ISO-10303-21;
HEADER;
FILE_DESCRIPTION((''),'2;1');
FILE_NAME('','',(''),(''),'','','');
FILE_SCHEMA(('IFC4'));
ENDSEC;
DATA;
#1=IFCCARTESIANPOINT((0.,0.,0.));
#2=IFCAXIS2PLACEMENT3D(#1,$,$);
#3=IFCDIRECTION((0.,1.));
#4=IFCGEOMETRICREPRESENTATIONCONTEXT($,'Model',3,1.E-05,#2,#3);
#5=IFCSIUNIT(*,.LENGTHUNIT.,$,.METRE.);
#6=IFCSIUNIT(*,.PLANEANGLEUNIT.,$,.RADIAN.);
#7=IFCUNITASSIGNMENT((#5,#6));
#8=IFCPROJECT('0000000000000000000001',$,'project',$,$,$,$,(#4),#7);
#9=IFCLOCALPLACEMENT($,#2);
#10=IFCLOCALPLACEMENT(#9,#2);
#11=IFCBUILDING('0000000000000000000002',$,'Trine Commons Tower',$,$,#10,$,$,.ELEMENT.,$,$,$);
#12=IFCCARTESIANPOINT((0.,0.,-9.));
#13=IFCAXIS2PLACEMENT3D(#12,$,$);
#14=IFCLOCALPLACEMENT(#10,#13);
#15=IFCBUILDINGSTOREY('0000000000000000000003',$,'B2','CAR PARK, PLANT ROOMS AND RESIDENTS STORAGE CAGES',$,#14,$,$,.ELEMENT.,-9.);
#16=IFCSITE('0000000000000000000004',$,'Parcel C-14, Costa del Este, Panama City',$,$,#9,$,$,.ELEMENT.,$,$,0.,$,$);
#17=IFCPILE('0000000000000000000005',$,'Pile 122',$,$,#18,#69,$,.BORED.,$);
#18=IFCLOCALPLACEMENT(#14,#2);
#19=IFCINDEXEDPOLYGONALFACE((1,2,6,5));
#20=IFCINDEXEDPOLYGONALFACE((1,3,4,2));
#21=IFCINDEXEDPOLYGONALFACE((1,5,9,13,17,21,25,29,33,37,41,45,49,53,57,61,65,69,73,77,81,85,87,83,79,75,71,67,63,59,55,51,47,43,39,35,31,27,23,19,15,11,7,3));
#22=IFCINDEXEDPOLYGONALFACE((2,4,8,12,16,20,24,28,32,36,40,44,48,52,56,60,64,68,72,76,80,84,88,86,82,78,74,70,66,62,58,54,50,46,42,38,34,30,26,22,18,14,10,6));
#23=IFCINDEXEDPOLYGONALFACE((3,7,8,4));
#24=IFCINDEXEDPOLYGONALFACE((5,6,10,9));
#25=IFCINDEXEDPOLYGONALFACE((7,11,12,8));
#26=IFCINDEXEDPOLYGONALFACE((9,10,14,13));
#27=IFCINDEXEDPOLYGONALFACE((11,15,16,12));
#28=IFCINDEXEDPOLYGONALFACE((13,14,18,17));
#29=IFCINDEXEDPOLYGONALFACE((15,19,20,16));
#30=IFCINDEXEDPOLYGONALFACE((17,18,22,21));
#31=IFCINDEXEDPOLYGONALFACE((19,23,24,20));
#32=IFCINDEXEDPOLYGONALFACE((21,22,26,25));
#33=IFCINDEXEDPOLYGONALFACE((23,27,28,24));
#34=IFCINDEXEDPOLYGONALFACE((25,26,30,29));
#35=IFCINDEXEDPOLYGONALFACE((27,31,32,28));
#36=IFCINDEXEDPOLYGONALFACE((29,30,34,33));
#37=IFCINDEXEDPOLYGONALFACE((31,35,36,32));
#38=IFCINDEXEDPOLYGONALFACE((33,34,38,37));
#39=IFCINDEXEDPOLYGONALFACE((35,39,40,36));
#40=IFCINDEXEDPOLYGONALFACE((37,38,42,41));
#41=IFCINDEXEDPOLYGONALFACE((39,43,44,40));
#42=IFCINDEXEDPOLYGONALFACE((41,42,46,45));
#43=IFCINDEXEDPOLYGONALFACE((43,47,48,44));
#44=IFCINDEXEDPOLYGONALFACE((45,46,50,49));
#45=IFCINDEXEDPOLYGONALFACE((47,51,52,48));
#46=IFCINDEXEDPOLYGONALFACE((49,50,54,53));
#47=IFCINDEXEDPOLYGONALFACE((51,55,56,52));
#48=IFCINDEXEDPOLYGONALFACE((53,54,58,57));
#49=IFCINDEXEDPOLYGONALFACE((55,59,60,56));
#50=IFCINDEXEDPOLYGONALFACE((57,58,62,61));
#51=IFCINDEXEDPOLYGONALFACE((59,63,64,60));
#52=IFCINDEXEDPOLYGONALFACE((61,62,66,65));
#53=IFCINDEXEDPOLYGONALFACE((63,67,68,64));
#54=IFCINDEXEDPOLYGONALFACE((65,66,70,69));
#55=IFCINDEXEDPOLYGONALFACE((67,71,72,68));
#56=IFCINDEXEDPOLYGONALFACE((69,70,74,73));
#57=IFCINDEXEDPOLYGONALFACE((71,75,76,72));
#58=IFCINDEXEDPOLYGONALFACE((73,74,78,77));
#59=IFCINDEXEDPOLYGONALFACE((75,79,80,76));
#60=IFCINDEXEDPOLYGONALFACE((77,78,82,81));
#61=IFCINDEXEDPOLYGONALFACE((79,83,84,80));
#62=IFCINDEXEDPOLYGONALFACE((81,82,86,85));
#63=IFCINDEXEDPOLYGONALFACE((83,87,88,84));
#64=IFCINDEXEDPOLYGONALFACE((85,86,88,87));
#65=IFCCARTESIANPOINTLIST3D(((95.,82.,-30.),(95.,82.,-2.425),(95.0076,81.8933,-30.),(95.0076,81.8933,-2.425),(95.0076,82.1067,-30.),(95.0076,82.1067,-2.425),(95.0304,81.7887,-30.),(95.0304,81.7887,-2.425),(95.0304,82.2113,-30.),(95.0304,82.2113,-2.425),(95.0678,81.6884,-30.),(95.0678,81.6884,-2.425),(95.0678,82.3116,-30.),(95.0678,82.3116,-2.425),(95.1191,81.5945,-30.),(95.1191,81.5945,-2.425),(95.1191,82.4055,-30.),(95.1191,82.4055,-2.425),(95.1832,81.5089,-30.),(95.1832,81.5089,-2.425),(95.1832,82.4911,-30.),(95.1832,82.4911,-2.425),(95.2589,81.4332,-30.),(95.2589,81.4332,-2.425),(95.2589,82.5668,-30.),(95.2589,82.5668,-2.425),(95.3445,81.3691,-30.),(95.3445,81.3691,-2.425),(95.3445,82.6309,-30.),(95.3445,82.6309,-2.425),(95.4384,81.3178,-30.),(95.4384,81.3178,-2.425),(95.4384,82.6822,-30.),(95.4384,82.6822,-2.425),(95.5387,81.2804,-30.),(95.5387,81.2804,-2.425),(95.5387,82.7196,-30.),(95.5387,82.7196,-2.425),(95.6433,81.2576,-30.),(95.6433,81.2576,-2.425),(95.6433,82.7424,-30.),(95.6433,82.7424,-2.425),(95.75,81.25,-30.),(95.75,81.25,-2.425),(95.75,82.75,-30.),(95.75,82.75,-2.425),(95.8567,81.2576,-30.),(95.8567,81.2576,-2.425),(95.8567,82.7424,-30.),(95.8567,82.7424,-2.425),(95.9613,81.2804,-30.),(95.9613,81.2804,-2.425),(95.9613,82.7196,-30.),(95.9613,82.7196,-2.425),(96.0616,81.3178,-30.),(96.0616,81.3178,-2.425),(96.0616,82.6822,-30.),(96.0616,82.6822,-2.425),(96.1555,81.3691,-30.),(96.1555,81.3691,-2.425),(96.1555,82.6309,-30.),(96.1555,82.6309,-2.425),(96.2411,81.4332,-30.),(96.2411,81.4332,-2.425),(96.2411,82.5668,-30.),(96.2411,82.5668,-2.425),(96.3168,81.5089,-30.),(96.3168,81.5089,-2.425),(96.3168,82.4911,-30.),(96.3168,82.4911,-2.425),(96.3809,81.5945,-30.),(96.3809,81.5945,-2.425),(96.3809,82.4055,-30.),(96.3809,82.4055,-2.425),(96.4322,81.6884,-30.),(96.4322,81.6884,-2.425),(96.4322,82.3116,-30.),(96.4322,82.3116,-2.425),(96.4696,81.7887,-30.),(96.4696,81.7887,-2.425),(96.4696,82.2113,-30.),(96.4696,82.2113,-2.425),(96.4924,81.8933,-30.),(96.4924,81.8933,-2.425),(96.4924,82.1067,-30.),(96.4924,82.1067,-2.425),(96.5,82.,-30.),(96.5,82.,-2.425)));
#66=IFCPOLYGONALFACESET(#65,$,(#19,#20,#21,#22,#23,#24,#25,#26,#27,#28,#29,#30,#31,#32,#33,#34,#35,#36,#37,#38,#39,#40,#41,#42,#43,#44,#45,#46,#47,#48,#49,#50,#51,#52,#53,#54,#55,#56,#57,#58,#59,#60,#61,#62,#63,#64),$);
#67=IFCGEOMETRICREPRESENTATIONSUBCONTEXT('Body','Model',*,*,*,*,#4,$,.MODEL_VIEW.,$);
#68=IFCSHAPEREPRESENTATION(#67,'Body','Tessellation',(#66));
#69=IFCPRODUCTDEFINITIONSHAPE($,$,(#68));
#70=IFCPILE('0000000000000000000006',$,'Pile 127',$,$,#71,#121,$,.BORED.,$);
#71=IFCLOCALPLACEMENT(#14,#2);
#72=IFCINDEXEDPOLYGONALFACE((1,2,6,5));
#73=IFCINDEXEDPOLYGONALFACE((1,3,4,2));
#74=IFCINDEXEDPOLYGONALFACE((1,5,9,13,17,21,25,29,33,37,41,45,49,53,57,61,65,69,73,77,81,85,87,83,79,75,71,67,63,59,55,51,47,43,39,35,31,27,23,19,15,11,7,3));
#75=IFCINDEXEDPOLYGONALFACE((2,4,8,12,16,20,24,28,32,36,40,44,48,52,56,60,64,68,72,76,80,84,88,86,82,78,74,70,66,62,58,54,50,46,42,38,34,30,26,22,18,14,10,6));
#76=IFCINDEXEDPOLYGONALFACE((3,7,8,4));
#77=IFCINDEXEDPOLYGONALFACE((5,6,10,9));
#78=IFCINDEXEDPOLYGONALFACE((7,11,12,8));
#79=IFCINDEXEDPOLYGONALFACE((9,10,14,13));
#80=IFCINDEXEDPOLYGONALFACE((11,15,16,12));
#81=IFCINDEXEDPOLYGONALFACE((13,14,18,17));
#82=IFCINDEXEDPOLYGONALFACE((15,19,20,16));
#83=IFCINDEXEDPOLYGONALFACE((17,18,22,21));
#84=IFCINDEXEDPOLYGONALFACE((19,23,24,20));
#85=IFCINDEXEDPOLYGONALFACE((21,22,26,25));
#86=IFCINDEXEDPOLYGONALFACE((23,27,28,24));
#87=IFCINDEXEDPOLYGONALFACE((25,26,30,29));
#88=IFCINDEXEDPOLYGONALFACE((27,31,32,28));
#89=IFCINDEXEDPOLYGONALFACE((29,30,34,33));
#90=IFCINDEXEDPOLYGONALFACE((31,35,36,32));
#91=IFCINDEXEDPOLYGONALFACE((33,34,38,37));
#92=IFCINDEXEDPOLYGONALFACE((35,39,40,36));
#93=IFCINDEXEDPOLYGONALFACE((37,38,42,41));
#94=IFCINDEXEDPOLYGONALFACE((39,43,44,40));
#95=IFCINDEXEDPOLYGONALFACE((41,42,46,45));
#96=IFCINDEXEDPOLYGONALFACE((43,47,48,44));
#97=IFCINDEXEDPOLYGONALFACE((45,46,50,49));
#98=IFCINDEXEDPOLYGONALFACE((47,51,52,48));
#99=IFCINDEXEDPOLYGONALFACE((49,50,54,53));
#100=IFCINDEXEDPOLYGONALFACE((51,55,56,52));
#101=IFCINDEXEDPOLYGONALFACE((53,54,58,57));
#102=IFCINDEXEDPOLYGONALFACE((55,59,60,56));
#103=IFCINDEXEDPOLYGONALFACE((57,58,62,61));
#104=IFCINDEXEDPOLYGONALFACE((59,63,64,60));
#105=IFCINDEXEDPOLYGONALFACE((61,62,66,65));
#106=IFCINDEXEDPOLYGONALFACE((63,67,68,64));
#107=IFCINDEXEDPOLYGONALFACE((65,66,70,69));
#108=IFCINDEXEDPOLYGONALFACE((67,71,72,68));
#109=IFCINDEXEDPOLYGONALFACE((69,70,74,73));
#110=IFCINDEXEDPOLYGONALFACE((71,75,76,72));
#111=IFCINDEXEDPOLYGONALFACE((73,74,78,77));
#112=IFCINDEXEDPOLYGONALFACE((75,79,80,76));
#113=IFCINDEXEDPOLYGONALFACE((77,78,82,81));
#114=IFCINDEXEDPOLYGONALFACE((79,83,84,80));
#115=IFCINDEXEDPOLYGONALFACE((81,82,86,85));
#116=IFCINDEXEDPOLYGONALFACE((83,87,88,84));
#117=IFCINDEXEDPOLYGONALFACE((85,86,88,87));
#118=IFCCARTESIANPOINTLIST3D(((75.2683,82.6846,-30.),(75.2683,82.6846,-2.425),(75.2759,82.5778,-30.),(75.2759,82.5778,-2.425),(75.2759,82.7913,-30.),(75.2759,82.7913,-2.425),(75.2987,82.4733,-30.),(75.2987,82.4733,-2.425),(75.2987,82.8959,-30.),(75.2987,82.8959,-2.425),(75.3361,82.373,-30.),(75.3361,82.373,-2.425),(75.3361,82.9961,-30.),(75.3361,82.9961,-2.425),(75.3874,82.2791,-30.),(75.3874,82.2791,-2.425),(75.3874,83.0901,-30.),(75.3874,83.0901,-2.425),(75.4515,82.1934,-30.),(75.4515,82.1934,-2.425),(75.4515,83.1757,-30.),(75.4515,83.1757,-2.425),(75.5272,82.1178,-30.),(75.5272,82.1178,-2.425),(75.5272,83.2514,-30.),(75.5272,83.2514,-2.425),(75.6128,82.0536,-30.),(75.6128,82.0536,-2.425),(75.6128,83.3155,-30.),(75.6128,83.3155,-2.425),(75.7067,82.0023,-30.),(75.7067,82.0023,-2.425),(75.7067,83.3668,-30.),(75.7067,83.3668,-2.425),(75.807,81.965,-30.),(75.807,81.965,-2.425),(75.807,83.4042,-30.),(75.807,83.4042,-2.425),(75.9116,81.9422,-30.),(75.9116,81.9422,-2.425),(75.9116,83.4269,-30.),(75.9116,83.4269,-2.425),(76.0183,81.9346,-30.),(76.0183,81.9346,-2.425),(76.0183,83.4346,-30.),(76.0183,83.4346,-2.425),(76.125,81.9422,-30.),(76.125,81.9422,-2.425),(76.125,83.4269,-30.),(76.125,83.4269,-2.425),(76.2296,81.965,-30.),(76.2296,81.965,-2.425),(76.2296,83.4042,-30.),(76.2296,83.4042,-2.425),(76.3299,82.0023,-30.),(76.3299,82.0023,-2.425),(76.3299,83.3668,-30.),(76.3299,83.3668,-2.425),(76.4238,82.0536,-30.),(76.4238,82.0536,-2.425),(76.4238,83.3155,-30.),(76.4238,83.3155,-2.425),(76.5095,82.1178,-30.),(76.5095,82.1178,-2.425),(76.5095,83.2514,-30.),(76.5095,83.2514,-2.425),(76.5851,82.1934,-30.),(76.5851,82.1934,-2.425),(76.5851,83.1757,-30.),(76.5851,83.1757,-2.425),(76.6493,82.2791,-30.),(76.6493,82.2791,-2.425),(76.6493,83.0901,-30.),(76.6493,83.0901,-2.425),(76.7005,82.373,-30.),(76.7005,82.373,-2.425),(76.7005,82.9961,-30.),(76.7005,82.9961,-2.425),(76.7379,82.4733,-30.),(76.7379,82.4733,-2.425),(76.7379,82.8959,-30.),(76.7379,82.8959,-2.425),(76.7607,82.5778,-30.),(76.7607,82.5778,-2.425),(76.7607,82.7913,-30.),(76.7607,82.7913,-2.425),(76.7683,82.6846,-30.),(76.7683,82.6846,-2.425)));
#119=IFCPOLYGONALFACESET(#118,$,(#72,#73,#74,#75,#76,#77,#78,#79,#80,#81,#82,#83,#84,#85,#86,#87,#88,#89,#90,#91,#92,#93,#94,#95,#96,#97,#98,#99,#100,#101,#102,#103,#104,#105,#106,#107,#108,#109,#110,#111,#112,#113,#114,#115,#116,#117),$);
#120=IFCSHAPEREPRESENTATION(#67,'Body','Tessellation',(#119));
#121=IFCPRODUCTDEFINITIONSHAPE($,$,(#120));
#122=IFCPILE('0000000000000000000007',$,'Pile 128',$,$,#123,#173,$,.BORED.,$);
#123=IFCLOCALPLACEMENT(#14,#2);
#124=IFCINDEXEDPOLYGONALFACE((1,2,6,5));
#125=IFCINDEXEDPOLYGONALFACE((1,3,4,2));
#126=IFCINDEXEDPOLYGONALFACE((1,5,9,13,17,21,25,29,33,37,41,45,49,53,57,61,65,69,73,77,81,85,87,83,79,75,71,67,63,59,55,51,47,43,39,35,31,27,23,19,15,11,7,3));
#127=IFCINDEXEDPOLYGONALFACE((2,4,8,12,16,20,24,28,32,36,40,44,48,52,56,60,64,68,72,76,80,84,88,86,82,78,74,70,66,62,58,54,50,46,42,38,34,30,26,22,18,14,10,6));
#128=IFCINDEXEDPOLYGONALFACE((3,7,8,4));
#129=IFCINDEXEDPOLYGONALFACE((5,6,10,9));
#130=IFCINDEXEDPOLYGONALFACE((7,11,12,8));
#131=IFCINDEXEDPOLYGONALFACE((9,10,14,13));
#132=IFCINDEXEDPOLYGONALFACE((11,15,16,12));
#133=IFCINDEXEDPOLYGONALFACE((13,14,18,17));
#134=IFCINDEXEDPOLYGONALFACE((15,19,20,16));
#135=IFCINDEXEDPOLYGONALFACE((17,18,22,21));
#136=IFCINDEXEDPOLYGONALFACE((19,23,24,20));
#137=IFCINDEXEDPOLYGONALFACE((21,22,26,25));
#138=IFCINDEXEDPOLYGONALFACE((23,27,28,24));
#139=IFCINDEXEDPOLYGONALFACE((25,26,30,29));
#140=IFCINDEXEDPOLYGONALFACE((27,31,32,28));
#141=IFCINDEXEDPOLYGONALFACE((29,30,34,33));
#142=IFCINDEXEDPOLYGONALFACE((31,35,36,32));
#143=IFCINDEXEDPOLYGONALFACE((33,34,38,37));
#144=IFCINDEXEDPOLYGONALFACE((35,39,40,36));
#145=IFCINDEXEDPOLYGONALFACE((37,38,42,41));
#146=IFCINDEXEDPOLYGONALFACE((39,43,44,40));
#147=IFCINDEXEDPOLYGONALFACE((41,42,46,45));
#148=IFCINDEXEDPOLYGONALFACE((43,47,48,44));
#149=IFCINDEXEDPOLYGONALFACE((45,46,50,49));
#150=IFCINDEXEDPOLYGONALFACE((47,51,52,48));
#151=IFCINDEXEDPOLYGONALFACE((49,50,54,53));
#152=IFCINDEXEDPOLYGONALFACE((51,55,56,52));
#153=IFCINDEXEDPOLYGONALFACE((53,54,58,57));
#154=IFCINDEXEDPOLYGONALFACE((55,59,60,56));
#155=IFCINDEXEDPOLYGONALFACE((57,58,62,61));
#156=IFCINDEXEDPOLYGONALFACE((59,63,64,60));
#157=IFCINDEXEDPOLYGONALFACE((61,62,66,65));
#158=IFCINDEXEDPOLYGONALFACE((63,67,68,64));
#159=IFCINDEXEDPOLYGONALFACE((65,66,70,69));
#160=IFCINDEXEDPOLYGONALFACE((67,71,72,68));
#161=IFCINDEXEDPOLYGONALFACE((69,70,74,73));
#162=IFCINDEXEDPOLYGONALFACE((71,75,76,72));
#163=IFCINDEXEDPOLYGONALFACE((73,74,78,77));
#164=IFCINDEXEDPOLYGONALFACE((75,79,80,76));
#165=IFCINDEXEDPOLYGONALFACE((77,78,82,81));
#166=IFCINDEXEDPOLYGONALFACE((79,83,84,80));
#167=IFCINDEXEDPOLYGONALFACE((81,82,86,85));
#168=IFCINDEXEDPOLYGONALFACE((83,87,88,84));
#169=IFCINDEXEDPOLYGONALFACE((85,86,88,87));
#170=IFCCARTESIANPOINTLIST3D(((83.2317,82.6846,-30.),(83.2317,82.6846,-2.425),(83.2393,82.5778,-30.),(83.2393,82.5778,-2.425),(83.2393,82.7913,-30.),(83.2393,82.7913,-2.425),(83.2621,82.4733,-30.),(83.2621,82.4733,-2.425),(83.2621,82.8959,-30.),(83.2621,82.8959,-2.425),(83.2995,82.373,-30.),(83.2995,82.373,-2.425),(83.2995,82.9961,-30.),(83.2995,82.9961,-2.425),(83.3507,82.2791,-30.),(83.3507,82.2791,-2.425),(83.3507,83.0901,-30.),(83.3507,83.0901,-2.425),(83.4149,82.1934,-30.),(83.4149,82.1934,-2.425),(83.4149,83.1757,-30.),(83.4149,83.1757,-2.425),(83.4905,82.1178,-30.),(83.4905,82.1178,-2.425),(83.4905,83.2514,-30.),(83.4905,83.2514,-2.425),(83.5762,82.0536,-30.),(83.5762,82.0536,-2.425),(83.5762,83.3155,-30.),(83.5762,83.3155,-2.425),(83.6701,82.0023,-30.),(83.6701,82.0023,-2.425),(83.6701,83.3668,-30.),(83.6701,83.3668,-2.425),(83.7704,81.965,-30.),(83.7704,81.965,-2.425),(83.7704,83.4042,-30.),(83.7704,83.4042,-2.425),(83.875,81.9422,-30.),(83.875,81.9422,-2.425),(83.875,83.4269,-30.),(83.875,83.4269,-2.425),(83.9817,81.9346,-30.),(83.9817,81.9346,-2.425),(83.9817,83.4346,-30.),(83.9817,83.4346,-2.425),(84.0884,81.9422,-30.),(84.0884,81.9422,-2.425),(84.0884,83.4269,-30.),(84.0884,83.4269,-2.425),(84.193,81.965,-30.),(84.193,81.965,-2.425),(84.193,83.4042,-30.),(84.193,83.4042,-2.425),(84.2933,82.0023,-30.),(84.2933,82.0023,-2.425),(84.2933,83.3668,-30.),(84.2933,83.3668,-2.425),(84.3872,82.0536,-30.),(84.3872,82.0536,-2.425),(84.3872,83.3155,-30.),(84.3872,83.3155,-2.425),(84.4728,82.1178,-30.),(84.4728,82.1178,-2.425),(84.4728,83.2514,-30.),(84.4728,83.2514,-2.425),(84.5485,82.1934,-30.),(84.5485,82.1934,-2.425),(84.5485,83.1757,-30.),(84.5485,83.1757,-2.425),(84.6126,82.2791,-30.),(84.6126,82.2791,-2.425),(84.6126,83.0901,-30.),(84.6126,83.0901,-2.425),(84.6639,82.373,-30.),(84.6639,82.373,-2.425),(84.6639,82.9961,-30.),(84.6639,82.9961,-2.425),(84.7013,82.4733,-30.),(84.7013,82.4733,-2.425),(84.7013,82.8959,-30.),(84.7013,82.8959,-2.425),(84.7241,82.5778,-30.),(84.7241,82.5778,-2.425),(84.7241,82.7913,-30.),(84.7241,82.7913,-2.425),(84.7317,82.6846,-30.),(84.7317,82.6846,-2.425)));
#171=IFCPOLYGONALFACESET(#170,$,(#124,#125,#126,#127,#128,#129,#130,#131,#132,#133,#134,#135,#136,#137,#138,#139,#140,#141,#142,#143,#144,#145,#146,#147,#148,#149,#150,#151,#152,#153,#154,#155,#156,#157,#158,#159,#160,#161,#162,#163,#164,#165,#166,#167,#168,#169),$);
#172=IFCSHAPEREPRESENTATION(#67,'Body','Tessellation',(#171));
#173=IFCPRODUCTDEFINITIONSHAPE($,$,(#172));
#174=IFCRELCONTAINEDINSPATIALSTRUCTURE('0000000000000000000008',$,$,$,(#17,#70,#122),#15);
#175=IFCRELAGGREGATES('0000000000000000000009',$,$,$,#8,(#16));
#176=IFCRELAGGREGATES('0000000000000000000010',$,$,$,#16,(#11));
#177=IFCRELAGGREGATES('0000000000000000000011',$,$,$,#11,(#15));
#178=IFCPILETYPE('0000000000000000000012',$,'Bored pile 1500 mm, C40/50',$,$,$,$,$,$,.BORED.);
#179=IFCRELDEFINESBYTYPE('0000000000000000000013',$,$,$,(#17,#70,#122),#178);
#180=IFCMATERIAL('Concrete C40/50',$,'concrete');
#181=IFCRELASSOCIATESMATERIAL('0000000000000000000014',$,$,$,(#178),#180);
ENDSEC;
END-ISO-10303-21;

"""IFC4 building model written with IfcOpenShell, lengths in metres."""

from ifc_helpers import new_model, si_unit, direction, frame, origin, origin_2d, place, context, subcontext, project, spatial, circle, extrude, material, type_object, element, save


model = new_model("IFC4")

# Units and contexts
model_context = context("Model", 3, precision=1e-05, world=origin(), true_north=direction((0.0, 1.0)))
body_context = subcontext(model_context, "Body", "Model", "MODEL_VIEW")
ifc_project = project(units=[si_unit("LENGTHUNIT", "METRE"), si_unit("PLANEANGLEUNIT", "RADIAN")], contexts=[model_context])

# Site, building, storey
site_placement = place(None, origin())
site = spatial("IfcSite", under=ifc_project, at=site_placement, Name="Parcel C-14, Costa del Este, Panama City", CompositionType="ELEMENT", RefElevation=0.0)
building_placement = place(site_placement, origin())
building = spatial("IfcBuilding", under=site, at=building_placement, Name="Trine Commons Tower", CompositionType="ELEMENT")
storey_placement = place(building_placement, frame((0.0, 0.0, -9.0)))
storey = spatial("IfcBuildingStorey", under=building, at=storey_placement, Name="B2", Description="CAR PARK, PLANT ROOMS AND RESIDENTS STORAGE CAGES", CompositionType="ELEMENT", Elevation=-9.0)

# Piles
ifc_material_1 = material(Name="Concrete C40/50", Category="concrete")
pile_type_1 = type_object("IfcPileType", Name="Bored pile 1500 mm, C40/50", PredefinedType="BORED", material=ifc_material_1)
for number, where, z_axis, x_axis, name in (
    (1, (95.75, 82.0, -2.425), (0.0, 0.0, -1.0), (1.0, 0.0, 0.0), "Pile 122"),
    (2, (76.0183, 82.6846, -2.425), (0.0, 0.0, -1.0), (1.0, 0.0, 0.0), "Pile 127"),
    (3, (83.9817, 82.6846, -2.425), (0.0, 0.0, -1.0), (1.0, 0.0, 0.0), "Pile 128"),
):
    element("IfcPile", number, at=place(storey_placement, frame(where, z_axis=z_axis, x_axis=x_axis)), inside=storey, type_object=pile_type_1, Name=name, PredefinedType="BORED", context=body_context, shape_type="SweptSolid", body=[
        extrude(circle(Radius=0.75, at=origin_2d()), origin(), (0.0, 0.0, 1.0), 27.575),
    ])

save(model, "model.ifc")
